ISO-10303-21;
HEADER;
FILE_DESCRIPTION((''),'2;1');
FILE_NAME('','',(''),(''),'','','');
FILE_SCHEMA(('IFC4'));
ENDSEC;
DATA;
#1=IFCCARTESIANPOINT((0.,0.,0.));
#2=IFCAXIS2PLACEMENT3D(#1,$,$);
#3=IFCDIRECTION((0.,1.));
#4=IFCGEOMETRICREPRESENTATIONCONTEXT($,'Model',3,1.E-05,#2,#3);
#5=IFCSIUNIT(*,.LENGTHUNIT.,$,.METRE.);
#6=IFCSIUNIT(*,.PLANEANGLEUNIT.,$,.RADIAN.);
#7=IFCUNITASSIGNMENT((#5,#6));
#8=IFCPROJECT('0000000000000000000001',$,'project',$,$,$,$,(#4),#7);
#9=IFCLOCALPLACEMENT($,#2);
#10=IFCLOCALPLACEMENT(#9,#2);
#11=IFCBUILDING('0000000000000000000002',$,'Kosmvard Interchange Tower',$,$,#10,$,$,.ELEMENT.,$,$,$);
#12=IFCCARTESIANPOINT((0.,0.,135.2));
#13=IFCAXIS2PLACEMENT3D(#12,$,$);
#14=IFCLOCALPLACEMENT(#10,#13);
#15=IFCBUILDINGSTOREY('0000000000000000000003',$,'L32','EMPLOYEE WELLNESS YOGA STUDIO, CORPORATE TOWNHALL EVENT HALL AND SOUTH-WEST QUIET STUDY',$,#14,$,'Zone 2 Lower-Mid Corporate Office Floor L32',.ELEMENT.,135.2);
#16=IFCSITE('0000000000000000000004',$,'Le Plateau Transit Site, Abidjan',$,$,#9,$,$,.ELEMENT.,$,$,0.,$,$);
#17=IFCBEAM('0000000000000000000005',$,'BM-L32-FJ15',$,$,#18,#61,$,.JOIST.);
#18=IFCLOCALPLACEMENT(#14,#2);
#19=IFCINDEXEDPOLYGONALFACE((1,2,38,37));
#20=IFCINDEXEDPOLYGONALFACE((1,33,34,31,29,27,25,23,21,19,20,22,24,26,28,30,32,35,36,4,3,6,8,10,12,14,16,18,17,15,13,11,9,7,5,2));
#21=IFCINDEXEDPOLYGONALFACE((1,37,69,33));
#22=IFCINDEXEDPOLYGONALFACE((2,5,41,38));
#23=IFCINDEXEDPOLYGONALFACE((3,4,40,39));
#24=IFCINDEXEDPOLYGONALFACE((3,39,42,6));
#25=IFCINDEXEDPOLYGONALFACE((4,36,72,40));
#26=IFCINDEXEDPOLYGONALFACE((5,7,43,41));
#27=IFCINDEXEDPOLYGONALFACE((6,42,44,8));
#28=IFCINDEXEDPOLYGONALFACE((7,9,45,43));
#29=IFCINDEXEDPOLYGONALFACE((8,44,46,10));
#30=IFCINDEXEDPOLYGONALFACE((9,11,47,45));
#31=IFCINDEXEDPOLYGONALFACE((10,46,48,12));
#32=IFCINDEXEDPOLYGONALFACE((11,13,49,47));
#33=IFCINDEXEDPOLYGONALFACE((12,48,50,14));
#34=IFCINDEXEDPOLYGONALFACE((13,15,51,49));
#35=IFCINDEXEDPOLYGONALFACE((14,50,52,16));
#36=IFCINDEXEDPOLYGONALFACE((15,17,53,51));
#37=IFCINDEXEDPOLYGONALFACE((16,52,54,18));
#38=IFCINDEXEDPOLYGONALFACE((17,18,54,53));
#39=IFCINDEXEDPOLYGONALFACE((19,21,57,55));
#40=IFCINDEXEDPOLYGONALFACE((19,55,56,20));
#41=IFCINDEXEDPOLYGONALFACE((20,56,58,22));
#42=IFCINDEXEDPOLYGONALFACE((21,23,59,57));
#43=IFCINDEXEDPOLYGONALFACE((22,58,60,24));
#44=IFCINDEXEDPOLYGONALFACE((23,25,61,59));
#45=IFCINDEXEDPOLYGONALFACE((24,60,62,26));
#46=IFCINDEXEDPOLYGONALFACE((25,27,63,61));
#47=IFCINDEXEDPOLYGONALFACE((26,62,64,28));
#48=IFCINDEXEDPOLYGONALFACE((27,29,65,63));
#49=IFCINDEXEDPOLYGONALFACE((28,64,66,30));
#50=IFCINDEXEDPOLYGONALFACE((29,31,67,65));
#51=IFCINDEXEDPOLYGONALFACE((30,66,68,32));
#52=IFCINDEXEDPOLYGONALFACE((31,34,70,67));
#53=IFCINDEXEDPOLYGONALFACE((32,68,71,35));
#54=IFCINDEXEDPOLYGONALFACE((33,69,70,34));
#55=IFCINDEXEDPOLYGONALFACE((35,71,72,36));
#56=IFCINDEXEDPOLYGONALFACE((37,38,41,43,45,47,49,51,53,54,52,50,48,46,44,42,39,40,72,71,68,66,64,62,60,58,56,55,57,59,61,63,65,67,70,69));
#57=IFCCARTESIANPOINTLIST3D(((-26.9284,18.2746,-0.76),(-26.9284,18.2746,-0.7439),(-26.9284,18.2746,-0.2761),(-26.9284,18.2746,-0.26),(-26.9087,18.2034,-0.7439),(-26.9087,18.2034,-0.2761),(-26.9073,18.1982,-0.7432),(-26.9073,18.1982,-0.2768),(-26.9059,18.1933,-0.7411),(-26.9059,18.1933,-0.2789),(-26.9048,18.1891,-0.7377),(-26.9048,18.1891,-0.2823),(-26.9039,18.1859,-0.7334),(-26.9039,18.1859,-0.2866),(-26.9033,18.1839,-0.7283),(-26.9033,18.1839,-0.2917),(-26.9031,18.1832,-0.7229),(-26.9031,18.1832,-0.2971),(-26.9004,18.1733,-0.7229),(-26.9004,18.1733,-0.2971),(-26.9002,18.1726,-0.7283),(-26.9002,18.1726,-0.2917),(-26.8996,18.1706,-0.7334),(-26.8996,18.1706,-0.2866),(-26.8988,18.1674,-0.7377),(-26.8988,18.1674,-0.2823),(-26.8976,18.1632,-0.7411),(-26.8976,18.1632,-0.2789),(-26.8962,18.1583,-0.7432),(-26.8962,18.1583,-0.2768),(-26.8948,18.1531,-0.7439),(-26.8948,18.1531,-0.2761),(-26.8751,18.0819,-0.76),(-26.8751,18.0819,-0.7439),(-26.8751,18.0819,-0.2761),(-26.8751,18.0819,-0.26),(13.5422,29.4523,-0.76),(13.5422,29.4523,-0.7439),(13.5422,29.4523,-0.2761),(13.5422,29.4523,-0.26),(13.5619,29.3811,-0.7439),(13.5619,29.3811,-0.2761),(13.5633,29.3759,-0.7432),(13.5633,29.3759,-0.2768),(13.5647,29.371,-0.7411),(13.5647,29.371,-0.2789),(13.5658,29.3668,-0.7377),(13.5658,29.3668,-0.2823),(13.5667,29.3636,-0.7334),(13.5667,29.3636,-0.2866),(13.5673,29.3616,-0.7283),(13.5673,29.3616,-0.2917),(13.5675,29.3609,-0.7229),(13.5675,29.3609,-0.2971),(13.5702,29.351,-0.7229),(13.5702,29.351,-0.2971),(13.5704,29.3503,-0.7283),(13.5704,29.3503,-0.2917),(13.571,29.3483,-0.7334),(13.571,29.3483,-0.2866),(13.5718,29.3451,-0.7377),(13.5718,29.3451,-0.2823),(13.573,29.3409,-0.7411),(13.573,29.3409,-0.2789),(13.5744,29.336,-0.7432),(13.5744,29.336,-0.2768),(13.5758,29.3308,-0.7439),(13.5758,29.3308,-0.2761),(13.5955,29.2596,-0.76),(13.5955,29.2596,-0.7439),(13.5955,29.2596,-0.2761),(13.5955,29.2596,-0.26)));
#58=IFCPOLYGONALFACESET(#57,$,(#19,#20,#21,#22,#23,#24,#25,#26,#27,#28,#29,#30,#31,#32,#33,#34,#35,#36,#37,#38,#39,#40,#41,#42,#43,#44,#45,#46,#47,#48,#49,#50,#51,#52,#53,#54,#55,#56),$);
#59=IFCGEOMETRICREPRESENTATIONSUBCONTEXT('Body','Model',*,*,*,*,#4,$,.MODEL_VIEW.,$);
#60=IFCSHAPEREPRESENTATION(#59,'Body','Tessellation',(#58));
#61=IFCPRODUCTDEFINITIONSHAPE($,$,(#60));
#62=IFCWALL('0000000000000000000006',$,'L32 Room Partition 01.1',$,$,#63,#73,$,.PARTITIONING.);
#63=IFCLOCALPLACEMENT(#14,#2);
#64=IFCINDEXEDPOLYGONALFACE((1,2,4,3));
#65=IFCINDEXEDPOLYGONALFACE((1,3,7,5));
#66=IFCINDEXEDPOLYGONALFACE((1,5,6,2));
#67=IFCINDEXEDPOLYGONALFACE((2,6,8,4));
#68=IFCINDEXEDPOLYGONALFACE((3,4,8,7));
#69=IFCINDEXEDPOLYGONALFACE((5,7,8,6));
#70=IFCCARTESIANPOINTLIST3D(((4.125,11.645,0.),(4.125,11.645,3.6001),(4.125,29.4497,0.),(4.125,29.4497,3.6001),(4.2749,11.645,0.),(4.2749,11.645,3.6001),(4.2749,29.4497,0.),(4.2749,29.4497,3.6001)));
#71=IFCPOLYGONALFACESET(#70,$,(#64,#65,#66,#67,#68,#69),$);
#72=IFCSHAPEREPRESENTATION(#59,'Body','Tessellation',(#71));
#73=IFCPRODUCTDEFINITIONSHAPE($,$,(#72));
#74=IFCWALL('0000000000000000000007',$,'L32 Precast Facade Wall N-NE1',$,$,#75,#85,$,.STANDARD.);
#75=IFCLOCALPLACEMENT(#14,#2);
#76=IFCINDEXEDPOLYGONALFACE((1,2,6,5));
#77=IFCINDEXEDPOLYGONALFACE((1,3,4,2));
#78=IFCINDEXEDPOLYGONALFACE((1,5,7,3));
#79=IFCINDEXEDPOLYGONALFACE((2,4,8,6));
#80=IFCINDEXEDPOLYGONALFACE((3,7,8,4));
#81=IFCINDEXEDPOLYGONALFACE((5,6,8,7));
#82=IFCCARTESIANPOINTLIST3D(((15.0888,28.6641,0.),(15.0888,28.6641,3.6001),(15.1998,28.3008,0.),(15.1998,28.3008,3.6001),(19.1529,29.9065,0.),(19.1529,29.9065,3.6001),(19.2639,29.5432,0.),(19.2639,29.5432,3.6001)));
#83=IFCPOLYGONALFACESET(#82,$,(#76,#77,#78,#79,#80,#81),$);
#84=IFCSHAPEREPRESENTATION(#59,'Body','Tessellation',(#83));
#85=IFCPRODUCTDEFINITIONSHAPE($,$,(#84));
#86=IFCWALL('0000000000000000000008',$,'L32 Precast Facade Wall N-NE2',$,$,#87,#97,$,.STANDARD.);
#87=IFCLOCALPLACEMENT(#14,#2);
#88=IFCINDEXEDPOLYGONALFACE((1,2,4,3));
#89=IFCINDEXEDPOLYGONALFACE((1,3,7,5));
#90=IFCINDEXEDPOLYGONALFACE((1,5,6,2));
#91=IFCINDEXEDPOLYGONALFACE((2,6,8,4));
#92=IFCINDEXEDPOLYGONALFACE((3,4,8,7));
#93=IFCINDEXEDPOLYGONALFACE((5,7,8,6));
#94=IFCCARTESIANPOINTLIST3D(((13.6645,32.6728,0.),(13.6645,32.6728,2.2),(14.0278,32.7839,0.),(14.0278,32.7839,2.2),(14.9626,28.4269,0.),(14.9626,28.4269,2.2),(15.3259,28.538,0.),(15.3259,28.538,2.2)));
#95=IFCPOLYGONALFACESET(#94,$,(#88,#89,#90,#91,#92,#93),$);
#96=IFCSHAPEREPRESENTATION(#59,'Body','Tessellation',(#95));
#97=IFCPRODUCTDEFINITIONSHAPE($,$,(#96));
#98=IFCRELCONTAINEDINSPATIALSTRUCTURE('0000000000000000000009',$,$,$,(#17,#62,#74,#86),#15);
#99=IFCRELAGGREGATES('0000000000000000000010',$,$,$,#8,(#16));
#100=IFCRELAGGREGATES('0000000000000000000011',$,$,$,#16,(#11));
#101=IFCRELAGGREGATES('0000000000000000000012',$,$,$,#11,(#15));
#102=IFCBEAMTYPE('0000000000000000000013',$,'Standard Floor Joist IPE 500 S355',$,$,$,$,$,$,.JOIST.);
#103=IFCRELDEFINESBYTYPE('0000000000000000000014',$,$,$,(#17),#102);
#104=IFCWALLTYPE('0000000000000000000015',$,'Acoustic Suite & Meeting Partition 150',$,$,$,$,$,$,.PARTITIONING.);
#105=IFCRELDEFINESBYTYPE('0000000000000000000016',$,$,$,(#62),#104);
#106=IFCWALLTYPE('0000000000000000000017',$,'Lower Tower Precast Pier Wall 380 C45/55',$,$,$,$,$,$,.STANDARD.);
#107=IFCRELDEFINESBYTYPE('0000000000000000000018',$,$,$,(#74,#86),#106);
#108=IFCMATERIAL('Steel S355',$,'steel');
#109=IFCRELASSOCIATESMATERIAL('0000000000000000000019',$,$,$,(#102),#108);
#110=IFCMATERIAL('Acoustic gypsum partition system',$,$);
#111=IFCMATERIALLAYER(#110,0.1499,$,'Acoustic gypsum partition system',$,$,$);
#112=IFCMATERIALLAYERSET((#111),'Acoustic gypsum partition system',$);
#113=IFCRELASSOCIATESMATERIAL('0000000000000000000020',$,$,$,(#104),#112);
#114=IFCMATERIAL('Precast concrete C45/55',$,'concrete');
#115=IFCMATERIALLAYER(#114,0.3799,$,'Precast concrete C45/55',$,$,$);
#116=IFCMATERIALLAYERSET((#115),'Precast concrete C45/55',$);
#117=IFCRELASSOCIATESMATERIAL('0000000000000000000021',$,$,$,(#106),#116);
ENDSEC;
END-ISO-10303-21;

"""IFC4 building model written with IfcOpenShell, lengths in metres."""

from ifc_helpers import new_model, si_unit, direction, frame, frame_2d, origin, origin_2d, place, context, subcontext, project, spatial, rectangle, i_section, extrude, source, transform, mapped, material, layer, layer_set, material_profile, profile_set, type_object, element, save


model = new_model("IFC4")

# Units and contexts
model_context = context("Model", 3, precision=1e-05, world=origin(), true_north=direction((0.0, 1.0)))
body_context = subcontext(model_context, "Body", "Model", "MODEL_VIEW")
ifc_project = project(units=[si_unit("LENGTHUNIT", "METRE"), si_unit("PLANEANGLEUNIT", "RADIAN")], contexts=[model_context])

# Site, building, storey
site_placement = place(None, origin())
site = spatial("IfcSite", under=ifc_project, at=site_placement, Name="Le Plateau Transit Site, Abidjan", CompositionType="ELEMENT", RefElevation=0.0)
building_placement = place(site_placement, origin())
building = spatial("IfcBuilding", under=site, at=building_placement, Name="Kosmvard Interchange Tower", CompositionType="ELEMENT")
storey_placement = place(building_placement, frame((0.0, 0.0, 135.2)))
storey = spatial("IfcBuildingStorey", under=building, at=storey_placement, Name="L32", Description="EMPLOYEE WELLNESS YOGA STUDIO, CORPORATE TOWNHALL EVENT HALL AND SOUTH-WEST QUIET STUDY", LongName="Zone 2 Lower-Mid Corporate Office Floor L32", CompositionType="ELEMENT", Elevation=135.2)

# Beam
ifc_material_1 = material(Name="Steel S355", Category="steel")
ifc_material_2 = material(Name="Precast concrete C45/55", Category="concrete")
ifc_material_profile_1 = material_profile(ifc_material_1, i_section(OverallWidth=0.2, OverallDepth=0.5, WebThickness=0.0103, FlangeThickness=0.0161, FilletRadius=0.021, at=origin_2d()), Name="IPE 500")
ifc_profile_set_1 = profile_set([ifc_material_profile_1], Name="Steel S355")
beam_type_1 = type_object("IfcBeamType", Name="Standard Floor Joist IPE 500 S355", PredefinedType="JOIST", material=ifc_profile_set_1)
shared_shape_1 = source(origin(), body_context, "Body", "SweptSolid", [
    extrude(i_section(OverallWidth=0.2, OverallDepth=0.5, WebThickness=0.0103, FlangeThickness=0.0161, FilletRadius=0.021, at=origin_2d()), origin(), (0.0, 0.0, 1.0), 41.9858),
])
beam_1_placement = place(storey_placement, frame((13.5688, 29.356, -0.51), z_axis=(-0.963911, -0.266226, 0.0), x_axis=(0.266226, -0.963911, 0.0)))
element("IfcBeam", 1, at=beam_1_placement, inside=storey, type_object=beam_type_1, Name="BM-L32-FJ15", PredefinedType="JOIST", context=body_context, shape_type="MappedRepresentation", body=[
    mapped(shared_shape_1, transform((0.0, 0.0, 0.0), scale=1.0)),
])

# Walls
ifc_material_3 = material(Name="Acoustic gypsum partition system")
ifc_layer_1 = layer(ifc_material_3, 0.1499, Name="Acoustic gypsum partition system")
ifc_layer_set_1 = layer_set([ifc_layer_1], Name="Acoustic gypsum partition system")
wall_type_1 = type_object("IfcWallType", Name="Acoustic Suite & Meeting Partition 150", PredefinedType="PARTITIONING", material=ifc_layer_set_1)
wall_1_placement = place(storey_placement, frame((4.2, 11.645, 0.0), z_axis=(0.0, 0.0, 1.0), x_axis=(0.0, 1.0, 0.0)))
element("IfcWall", 2, at=wall_1_placement, inside=storey, type_object=wall_type_1, Name="L32 Room Partition 01.1", PredefinedType="PARTITIONING", context=body_context, shape_type="SweptSolid", body=[
    extrude(rectangle(XDim=17.8047, YDim=0.1499, at=frame_2d((8.9023, 0.0))), origin(), (0.0, 0.0, 1.0), 3.6001),
])
ifc_layer_2 = layer(ifc_material_2, 0.3799, Name="Precast concrete C45/55")
ifc_layer_set_2 = layer_set([ifc_layer_2], Name="Precast concrete C45/55")
wall_type_2 = type_object("IfcWallType", Name="Lower Tower Precast Pier Wall 380 C45/55", PredefinedType="STANDARD", material=ifc_layer_set_2)
wall_2_placement = place(storey_placement, frame((19.2085, 29.7249, 0.0), z_axis=(0.0, 0.0, 1.0), x_axis=(-0.956313, -0.292346, 0.0)))
element("IfcWall", 3, at=wall_2_placement, inside=storey, type_object=wall_type_2, Name="L32 Precast Facade Wall N-NE1", PredefinedType="STANDARD", context=body_context, shape_type="SweptSolid", body=[
    extrude(rectangle(XDim=4.2498, YDim=0.3799, at=frame_2d((2.125, 0.0))), origin(), (0.0, 0.0, 1.0), 3.6001),
])
wall_3_placement = place(storey_placement, frame((15.1443, 28.4824, 0.0), z_axis=(0.0, 0.0, 1.0), x_axis=(-0.292374, 0.956304, 0.0)))
element("IfcWall", 4, at=wall_3_placement, inside=storey, type_object=wall_type_2, Name="L32 Precast Facade Wall N-NE2", PredefinedType="STANDARD", context=body_context, shape_type="SweptSolid", body=[
    extrude(rectangle(XDim=4.4399, YDim=0.3799, at=frame_2d((2.22, 0.0))), origin(), (0.0, 0.0, 1.0), 2.2),
])

save(model, "model.ifc")
